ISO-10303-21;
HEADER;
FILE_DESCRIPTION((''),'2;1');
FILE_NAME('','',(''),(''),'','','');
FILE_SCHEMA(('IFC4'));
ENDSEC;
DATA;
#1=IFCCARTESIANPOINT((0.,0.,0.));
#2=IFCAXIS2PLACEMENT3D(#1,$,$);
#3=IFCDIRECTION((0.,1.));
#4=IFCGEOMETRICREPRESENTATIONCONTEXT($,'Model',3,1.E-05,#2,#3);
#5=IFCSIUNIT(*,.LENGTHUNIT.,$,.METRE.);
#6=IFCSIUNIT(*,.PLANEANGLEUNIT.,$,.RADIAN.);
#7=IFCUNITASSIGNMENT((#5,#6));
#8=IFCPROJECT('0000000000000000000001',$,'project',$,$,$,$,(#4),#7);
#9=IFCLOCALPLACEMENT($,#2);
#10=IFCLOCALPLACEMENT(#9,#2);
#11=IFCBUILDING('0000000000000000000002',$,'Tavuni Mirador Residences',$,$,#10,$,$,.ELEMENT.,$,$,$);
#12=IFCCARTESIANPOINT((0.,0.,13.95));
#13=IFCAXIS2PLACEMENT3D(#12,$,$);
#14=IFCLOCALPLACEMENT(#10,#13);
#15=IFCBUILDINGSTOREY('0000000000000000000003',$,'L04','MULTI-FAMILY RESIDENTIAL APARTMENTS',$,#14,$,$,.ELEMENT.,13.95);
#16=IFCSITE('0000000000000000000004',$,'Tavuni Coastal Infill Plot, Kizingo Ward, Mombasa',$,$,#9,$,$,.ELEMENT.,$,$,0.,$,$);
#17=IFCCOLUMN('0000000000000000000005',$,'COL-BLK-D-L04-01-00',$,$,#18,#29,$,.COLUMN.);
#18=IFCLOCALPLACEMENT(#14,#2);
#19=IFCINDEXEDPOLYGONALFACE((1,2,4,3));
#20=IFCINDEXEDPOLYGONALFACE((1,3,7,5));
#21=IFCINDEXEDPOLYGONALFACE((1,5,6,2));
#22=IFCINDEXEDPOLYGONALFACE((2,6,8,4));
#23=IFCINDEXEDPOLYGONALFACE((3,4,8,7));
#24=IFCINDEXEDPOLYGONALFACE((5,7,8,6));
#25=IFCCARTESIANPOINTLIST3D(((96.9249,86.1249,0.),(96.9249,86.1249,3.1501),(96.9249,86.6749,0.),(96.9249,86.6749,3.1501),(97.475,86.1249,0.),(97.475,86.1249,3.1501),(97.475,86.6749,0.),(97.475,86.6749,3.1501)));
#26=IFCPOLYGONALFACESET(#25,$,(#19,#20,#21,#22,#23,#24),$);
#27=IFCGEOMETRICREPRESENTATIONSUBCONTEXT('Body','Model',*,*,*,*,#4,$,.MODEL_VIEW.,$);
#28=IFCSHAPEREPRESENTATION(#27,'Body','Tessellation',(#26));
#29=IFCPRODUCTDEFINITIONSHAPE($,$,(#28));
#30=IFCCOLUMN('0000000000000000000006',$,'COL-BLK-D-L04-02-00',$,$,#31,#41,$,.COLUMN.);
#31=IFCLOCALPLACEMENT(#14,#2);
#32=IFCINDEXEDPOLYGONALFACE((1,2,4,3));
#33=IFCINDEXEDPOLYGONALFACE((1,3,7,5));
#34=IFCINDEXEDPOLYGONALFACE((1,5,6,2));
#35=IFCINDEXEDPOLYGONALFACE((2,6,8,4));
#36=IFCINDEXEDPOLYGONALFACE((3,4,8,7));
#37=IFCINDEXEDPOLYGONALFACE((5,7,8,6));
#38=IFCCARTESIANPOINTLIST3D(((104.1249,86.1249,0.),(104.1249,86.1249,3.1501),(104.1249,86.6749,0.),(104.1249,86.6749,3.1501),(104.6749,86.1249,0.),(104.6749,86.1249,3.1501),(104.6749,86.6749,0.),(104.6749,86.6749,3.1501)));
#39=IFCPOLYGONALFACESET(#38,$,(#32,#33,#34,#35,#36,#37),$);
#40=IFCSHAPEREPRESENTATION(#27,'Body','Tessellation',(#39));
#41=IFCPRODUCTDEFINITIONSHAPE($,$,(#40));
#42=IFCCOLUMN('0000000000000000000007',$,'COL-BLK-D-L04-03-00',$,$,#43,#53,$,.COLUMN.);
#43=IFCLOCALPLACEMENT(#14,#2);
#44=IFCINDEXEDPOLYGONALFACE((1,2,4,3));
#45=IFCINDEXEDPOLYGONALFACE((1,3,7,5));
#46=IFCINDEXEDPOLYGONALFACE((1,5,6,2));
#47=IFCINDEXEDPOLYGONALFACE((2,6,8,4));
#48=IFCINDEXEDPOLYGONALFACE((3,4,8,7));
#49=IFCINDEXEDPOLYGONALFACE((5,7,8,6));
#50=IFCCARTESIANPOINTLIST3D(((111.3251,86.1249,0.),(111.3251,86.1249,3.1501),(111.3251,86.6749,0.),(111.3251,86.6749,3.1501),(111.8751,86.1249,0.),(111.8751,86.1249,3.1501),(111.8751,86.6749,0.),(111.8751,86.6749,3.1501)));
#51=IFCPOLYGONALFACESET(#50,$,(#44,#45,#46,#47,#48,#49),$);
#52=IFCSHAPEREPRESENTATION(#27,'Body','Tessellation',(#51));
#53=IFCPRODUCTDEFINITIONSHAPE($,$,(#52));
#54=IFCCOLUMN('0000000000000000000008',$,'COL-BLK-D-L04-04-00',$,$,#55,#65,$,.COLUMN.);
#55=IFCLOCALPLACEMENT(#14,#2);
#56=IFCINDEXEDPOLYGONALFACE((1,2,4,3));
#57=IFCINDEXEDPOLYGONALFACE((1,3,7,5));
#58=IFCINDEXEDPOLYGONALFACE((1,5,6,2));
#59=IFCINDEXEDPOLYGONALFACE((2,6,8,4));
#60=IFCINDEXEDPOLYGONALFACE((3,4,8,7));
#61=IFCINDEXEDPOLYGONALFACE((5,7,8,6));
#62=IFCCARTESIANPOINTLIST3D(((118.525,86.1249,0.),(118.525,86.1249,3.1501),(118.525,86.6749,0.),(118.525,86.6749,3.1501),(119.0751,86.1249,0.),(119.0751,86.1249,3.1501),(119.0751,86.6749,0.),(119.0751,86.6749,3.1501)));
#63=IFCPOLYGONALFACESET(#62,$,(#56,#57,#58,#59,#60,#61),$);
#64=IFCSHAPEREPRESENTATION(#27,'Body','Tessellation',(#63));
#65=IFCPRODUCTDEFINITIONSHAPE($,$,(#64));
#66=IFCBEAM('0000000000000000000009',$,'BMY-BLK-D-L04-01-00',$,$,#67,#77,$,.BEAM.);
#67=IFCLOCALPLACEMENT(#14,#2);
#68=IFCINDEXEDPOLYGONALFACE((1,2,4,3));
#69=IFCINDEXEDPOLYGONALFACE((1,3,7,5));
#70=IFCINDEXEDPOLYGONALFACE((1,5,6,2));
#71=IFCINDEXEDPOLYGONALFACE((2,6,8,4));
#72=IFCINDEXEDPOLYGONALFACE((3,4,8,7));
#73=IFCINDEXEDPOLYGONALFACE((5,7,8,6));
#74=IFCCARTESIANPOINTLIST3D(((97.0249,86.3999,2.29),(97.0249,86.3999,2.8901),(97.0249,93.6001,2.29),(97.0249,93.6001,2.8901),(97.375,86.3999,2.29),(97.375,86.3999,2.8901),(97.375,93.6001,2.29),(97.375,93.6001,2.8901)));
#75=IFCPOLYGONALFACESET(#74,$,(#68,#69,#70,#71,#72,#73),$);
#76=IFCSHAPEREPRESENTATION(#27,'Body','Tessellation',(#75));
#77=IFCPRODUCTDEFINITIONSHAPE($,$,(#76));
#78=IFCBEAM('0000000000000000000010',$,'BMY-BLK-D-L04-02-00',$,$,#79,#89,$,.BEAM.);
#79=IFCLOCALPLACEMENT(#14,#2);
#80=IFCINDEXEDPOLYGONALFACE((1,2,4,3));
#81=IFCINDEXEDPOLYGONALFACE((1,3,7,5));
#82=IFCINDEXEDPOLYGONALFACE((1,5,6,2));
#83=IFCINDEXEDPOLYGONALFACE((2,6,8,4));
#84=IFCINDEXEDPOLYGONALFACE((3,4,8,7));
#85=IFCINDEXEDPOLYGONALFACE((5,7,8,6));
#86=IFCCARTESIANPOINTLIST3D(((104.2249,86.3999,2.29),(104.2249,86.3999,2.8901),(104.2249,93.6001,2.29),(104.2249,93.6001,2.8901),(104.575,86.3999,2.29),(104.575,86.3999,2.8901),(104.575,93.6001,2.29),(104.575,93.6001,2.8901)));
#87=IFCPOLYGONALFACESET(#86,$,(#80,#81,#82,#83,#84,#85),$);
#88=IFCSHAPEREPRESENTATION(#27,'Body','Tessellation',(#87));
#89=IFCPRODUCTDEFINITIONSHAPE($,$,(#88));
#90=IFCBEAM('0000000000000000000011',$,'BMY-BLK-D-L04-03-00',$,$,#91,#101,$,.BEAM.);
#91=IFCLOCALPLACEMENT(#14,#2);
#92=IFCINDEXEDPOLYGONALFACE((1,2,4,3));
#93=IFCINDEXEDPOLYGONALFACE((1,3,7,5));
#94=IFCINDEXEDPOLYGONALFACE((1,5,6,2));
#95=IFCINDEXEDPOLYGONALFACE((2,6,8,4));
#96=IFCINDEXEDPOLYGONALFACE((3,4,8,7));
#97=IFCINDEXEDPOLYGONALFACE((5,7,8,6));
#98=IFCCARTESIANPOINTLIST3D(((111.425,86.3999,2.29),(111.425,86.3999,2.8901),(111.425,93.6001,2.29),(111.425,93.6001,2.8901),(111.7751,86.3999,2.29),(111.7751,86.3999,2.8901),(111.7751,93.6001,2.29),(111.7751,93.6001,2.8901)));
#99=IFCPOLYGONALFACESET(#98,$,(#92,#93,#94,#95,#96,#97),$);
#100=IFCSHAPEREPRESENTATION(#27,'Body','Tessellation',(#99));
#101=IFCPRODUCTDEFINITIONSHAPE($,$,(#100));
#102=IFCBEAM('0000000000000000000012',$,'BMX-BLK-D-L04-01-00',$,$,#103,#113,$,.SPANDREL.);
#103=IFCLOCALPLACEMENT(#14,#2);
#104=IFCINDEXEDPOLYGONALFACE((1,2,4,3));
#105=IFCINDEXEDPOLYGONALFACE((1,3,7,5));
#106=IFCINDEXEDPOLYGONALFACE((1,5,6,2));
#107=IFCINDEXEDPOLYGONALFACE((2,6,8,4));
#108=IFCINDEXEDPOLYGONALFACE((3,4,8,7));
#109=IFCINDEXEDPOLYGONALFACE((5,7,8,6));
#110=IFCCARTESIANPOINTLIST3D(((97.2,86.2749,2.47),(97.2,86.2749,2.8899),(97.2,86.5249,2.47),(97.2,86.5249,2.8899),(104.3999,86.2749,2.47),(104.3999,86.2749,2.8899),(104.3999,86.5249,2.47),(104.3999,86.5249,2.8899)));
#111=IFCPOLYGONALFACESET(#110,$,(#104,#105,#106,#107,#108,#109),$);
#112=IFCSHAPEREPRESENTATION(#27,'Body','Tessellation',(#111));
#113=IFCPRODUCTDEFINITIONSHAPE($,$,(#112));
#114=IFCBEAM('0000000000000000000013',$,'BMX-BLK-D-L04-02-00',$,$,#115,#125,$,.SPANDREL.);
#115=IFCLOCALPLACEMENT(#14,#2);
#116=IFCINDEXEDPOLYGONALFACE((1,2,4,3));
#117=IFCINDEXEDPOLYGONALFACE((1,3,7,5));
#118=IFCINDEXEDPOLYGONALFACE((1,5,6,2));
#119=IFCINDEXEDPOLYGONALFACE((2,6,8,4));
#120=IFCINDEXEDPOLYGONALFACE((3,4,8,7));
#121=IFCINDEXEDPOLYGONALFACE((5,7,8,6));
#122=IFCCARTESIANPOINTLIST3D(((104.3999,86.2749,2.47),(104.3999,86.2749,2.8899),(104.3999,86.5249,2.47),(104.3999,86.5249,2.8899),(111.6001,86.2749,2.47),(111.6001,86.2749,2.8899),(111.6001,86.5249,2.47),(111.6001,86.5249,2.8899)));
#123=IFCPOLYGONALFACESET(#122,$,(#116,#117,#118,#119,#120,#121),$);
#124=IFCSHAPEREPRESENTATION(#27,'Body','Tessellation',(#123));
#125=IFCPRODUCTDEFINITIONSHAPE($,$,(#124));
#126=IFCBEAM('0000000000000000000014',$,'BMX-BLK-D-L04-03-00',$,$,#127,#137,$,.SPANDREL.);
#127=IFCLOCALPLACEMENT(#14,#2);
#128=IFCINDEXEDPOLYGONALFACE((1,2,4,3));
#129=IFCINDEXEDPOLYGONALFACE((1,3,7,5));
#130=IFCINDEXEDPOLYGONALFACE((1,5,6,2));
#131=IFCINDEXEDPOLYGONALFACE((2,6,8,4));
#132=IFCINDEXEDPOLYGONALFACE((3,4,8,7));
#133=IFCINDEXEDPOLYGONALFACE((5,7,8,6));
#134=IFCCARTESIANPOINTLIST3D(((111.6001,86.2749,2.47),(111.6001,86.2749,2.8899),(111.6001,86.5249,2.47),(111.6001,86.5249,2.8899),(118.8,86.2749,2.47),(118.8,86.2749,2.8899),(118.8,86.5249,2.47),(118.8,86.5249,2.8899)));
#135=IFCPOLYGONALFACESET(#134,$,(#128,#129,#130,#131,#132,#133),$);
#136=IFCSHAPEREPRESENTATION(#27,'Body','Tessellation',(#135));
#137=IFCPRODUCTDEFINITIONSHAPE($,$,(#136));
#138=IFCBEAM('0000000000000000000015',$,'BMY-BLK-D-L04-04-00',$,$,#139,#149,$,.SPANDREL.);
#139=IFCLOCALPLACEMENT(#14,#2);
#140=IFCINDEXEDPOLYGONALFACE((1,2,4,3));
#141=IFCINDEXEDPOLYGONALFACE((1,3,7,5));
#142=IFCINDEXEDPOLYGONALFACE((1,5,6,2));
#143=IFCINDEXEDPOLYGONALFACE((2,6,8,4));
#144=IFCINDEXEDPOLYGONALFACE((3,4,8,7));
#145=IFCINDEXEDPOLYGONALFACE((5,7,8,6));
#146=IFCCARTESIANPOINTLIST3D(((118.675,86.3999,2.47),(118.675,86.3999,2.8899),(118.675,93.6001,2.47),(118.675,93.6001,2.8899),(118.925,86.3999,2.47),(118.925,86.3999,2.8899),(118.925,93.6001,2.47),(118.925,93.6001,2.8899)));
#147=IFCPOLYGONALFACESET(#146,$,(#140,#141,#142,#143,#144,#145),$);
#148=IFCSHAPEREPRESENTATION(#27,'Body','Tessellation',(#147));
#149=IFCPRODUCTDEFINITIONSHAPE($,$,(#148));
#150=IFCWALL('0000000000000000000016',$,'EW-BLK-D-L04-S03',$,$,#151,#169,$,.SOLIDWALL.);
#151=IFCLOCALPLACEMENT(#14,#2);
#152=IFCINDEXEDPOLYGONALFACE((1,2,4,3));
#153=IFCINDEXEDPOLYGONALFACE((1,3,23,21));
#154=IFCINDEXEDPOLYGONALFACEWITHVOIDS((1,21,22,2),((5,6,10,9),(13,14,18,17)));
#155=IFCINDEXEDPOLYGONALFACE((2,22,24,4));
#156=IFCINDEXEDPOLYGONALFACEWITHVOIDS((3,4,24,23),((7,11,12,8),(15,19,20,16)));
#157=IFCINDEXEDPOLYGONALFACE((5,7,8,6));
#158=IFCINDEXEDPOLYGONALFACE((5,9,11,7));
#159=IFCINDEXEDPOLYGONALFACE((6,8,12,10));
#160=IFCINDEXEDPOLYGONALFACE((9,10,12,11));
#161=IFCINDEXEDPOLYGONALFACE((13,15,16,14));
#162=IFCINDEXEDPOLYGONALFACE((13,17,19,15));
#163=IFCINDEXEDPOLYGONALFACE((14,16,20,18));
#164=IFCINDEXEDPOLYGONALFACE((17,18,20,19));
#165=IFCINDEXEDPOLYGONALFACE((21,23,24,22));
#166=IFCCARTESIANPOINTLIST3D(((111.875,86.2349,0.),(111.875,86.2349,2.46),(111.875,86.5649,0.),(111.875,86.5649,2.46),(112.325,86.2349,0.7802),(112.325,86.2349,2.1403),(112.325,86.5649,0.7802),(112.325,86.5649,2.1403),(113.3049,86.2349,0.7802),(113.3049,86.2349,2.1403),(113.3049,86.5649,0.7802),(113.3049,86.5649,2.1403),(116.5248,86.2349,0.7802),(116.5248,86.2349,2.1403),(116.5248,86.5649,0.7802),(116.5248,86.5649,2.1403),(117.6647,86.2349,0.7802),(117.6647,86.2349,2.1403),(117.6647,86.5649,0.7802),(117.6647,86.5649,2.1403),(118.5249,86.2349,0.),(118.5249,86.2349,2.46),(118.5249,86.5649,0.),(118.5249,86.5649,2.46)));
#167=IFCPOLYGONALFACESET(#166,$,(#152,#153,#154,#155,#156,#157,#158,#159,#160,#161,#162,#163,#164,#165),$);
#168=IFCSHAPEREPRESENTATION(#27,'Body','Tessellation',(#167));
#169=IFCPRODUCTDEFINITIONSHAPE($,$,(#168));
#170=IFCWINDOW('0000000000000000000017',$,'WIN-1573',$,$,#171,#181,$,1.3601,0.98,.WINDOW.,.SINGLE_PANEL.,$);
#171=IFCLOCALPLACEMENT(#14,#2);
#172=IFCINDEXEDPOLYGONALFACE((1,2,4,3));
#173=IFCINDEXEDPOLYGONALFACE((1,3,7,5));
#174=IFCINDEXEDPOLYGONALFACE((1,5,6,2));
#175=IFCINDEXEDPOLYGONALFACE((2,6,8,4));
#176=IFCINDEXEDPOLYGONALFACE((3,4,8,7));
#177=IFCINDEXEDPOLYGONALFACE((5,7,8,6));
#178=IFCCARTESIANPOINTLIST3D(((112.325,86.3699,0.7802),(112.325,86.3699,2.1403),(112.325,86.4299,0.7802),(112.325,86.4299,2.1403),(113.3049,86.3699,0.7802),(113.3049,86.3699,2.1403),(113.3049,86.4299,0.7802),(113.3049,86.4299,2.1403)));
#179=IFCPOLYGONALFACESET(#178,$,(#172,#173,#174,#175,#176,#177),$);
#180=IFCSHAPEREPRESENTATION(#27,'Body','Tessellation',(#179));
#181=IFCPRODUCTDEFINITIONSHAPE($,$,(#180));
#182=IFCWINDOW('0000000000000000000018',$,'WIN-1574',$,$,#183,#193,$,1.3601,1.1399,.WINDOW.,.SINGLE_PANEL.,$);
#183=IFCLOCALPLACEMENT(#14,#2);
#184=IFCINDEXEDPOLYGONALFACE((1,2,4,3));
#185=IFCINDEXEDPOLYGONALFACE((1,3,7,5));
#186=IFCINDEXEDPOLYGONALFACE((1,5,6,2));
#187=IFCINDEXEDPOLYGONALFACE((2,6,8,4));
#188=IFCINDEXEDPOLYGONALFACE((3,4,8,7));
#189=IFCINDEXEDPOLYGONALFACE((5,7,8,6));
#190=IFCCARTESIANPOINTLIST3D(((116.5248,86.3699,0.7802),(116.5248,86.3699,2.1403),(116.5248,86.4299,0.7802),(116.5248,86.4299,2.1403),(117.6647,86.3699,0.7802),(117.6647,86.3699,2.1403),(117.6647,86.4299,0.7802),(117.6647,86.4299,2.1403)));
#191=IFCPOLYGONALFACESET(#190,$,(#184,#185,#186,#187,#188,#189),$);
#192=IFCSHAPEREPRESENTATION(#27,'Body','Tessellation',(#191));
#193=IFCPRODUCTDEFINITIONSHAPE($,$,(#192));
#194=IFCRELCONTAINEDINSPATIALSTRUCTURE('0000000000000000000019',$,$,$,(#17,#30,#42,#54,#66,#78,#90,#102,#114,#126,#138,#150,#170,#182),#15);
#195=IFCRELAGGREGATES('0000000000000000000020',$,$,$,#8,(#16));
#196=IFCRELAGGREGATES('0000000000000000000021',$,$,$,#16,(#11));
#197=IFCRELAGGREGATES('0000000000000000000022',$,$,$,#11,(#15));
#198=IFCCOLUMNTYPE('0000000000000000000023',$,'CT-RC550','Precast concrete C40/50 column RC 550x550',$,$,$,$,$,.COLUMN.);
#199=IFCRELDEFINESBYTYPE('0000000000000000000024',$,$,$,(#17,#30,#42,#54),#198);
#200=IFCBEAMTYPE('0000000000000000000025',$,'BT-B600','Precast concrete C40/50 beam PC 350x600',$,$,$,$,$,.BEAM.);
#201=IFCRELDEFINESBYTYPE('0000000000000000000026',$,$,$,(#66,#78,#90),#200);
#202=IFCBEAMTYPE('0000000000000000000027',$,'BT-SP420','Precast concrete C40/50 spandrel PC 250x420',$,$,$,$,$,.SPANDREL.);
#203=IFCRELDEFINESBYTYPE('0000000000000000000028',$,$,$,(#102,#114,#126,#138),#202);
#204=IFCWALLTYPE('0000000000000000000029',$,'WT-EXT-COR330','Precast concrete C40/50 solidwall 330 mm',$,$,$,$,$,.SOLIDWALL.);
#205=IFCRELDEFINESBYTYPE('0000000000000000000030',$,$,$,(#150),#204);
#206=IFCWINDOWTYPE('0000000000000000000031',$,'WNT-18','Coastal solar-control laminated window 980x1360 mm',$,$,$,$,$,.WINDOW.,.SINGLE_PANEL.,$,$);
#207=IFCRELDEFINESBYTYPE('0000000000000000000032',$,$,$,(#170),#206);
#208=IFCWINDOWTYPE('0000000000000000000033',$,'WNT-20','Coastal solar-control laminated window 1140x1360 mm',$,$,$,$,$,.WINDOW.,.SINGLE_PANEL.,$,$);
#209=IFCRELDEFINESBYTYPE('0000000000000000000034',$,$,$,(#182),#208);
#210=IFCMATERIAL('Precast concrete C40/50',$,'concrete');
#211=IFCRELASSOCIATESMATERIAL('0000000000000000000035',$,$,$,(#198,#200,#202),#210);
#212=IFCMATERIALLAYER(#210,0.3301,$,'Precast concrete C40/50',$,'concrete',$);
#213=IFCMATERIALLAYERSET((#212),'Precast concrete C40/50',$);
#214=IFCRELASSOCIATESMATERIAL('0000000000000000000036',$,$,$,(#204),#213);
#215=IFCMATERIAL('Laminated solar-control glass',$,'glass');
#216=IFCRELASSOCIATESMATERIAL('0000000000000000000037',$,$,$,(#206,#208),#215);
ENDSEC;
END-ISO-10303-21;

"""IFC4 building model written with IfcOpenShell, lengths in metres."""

from ifc_helpers import new_model, si_unit, direction, frame, frame_2d, origin, origin_2d, place, context, subcontext, project, spatial, rectangle, extrude, material, layer, layer_set, material_profile, profile_set, type_object, element, fill, save


model = new_model("IFC4")

# Units and contexts
model_context = context("Model", 3, precision=1e-05, world=origin(), true_north=direction((0.0, 1.0)))
body_context = subcontext(model_context, "Body", "Model", "MODEL_VIEW")
ifc_project = project(units=[si_unit("LENGTHUNIT", "METRE"), si_unit("PLANEANGLEUNIT", "RADIAN")], contexts=[model_context])

# Site, building, storey
site_placement = place(None, origin())
site = spatial("IfcSite", under=ifc_project, at=site_placement, Name="Tavuni Coastal Infill Plot, Kizingo Ward, Mombasa", CompositionType="ELEMENT", RefElevation=0.0)
building_placement = place(site_placement, origin())
building = spatial("IfcBuilding", under=site, at=building_placement, Name="Tavuni Mirador Residences", CompositionType="ELEMENT")
storey_placement = place(building_placement, frame((0.0, 0.0, 13.95)))
storey = spatial("IfcBuildingStorey", under=building, at=storey_placement, Name="L04", Description="MULTI-FAMILY RESIDENTIAL APARTMENTS", CompositionType="ELEMENT", Elevation=13.95)

# Columns
ifc_material_1 = material(Name="Precast concrete C40/50", Category="concrete")
ifc_material_profile_1 = material_profile(ifc_material_1, rectangle(XDim=0.55, YDim=0.55, at=origin_2d()), Name="RC 550x550", Category="concrete")
ifc_profile_set_1 = profile_set([ifc_material_profile_1], Name="Precast concrete C40/50")
column_type = type_object("IfcColumnType", Name="CT-RC550", Description="Precast concrete C40/50 column RC 550x550", PredefinedType="COLUMN", material=ifc_profile_set_1)
for number, where, z_axis, x_axis, name in (
    (1, (97.2, 86.3999, 0.0), (0.0, 0.0, 1.0), (1.0, 0.0, 0.0), "COL-BLK-D-L04-01-00"),
    (2, (104.3999, 86.3999, 0.0), (0.0, 0.0, 1.0), (1.0, 0.0, 0.0), "COL-BLK-D-L04-02-00"),
    (3, (111.6001, 86.3999, 0.0), (0.0, 0.0, 1.0), (1.0, 0.0, 0.0), "COL-BLK-D-L04-03-00"),
    (4, (118.8, 86.3999, 0.0), (0.0, 0.0, 1.0), (1.0, 0.0, 0.0), "COL-BLK-D-L04-04-00"),
):
    element("IfcColumn", number, at=place(storey_placement, frame(where, z_axis=z_axis, x_axis=x_axis)), inside=storey, type_object=column_type, Name=name, PredefinedType="COLUMN", context=body_context, shape_type="SweptSolid", body=[
        extrude(rectangle(XDim=0.55, YDim=0.55, at=origin_2d()), origin(), (0.0, 0.0, 1.0), 3.1501),
    ])

# Beams
ifc_material_profile_2 = material_profile(ifc_material_1, rectangle(XDim=0.3501, YDim=0.6001, at=origin_2d()), Name="PC 350x600", Category="concrete")
ifc_profile_set_2 = profile_set([ifc_material_profile_2], Name="Precast concrete C40/50")
beam_type_1 = type_object("IfcBeamType", Name="BT-B600", Description="Precast concrete C40/50 beam PC 350x600", PredefinedType="BEAM", material=ifc_profile_set_2)
for number, where, z_axis, x_axis, name in (
    (5, (97.2, 86.3999, 2.5901), (0.0, 1.0, 0.0), (-1.0, 0.0, 0.0), "BMY-BLK-D-L04-01-00"),
    (6, (104.3999, 86.3999, 2.5901), (0.0, 1.0, 0.0), (-1.0, 0.0, 0.0), "BMY-BLK-D-L04-02-00"),
    (7, (111.6001, 86.3999, 2.5901), (0.0, 1.0, 0.0), (-1.0, 0.0, 0.0), "BMY-BLK-D-L04-03-00"),
):
    element("IfcBeam", number, at=place(storey_placement, frame(where, z_axis=z_axis, x_axis=x_axis)), inside=storey, type_object=beam_type_1, Name=name, PredefinedType="BEAM", context=body_context, shape_type="SweptSolid", body=[
        extrude(rectangle(XDim=0.3501, YDim=0.6001, at=origin_2d()), origin(), (0.0, 0.0, 1.0), 7.2002),
    ])
ifc_material_profile_3 = material_profile(ifc_material_1, rectangle(XDim=0.25, YDim=0.4199, at=origin_2d()), Name="PC 250x420", Category="concrete")
ifc_profile_set_3 = profile_set([ifc_material_profile_3], Name="Precast concrete C40/50")
beam_type_2 = type_object("IfcBeamType", Name="BT-SP420", Description="Precast concrete C40/50 spandrel PC 250x420", PredefinedType="SPANDREL", material=ifc_profile_set_3)
beam_1_placement = place(storey_placement, frame((97.2, 86.3999, 2.6799), z_axis=(1.0, 0.0, 0.0), x_axis=(0.0, 1.0, 0.0)))
element("IfcBeam", 8, at=beam_1_placement, inside=storey, type_object=beam_type_2, Name="BMX-BLK-D-L04-01-00", PredefinedType="SPANDREL", context=body_context, shape_type="SweptSolid", body=[
    extrude(rectangle(XDim=0.25, YDim=0.4199, at=origin_2d()), origin(), (0.0, 0.0, 1.0), 7.2),
])
beam_2_placement = place(storey_placement, frame((104.3999, 86.3999, 2.6799), z_axis=(1.0, 0.0, 0.0), x_axis=(0.0, 1.0, 0.0)))
element("IfcBeam", 9, at=beam_2_placement, inside=storey, type_object=beam_type_2, Name="BMX-BLK-D-L04-02-00", PredefinedType="SPANDREL", context=body_context, shape_type="SweptSolid", body=[
    extrude(rectangle(XDim=0.25, YDim=0.4199, at=origin_2d()), origin(), (0.0, 0.0, 1.0), 7.2002),
])
beam_3_placement = place(storey_placement, frame((111.6001, 86.3999, 2.6799), z_axis=(1.0, 0.0, 0.0), x_axis=(0.0, 1.0, 0.0)))
element("IfcBeam", 10, at=beam_3_placement, inside=storey, type_object=beam_type_2, Name="BMX-BLK-D-L04-03-00", PredefinedType="SPANDREL", context=body_context, shape_type="SweptSolid", body=[
    extrude(rectangle(XDim=0.25, YDim=0.4199, at=origin_2d()), origin(), (0.0, 0.0, 1.0), 7.2),
])
beam_4_placement = place(storey_placement, frame((118.8, 86.3999, 2.6799), z_axis=(0.0, 1.0, 0.0), x_axis=(-1.0, 0.0, 0.0)))
element("IfcBeam", 11, at=beam_4_placement, inside=storey, type_object=beam_type_2, Name="BMY-BLK-D-L04-04-00", PredefinedType="SPANDREL", context=body_context, shape_type="SweptSolid", body=[
    extrude(rectangle(XDim=0.25, YDim=0.4199, at=origin_2d()), origin(), (0.0, 0.0, 1.0), 7.2002),
])

# Wall, openings, windows
ifc_layer_1 = layer(ifc_material_1, 0.3301, Name="Precast concrete C40/50", Category="concrete")
ifc_layer_set_1 = layer_set([ifc_layer_1], Name="Precast concrete C40/50")
wall_type_1 = type_object("IfcWallType", Name="WT-EXT-COR330", Description="Precast concrete C40/50 solidwall 330 mm", PredefinedType="SOLIDWALL", material=ifc_layer_set_1)
wall_1_placement = place(storey_placement, frame((111.875, 86.3999, 0.0), z_axis=(0.0, 0.0, 1.0), x_axis=(1.0, 0.0, 0.0)))
wall_1 = element("IfcWall", 12, at=wall_1_placement, inside=storey, type_object=wall_type_1, Name="EW-BLK-D-L04-S03", PredefinedType="SOLIDWALL", context=body_context, shape_type="SweptSolid", body=[
    extrude(rectangle(XDim=6.6499, YDim=0.3301, at=frame_2d((3.325, 0.0))), origin(), (0.0, 0.0, 1.0), 2.46),
])
opening_1_placement = place(wall_1_placement, frame((0.45, 0.0, 0.78)))
opening_1 = element("IfcOpeningElement", 13, at=opening_1_placement, cuts=wall_1, PredefinedType="OPENING", context=body_context, shape_type="SweptSolid", body=[
    extrude(rectangle(XDim=0.98, YDim=1.3601, at=frame_2d((0.49, 0.6802))), frame((0.0, 0.175, 0.0), z_axis=(0.0, -1.0, 0.0), x_axis=(1.0, 0.0, 0.0)), (0.0, 0.0, 1.0), 0.3501),
])
opening_2_placement = place(wall_1_placement, frame((4.6499, 0.0, 0.78)))
opening_2 = element("IfcOpeningElement", 14, at=opening_2_placement, cuts=wall_1, PredefinedType="OPENING", context=body_context, shape_type="SweptSolid", body=[
    extrude(rectangle(XDim=1.1399, YDim=1.3601, at=frame_2d((0.5698, 0.6802))), frame((0.0, 0.175, 0.0), z_axis=(0.0, -1.0, 0.0), x_axis=(1.0, 0.0, 0.0)), (0.0, 0.0, 1.0), 0.3501),
])
ifc_material_2 = material(Name="Laminated solar-control glass", Category="glass")
window_type_1 = type_object("IfcWindowType", Name="WNT-18", Description="Coastal solar-control laminated window 980x1360 mm", PartitioningType="SINGLE_PANEL", PredefinedType="WINDOW", material=ifc_material_2)
window_1_placement = place(opening_1_placement, origin())
window_1 = element("IfcWindow", 15, at=window_1_placement, inside=storey, type_object=window_type_1, Name="WIN-1573", OverallHeight=1.3601, OverallWidth=0.98, PartitioningType="SINGLE_PANEL", PredefinedType="WINDOW", context=body_context, shape_type="SweptSolid", body=[
    extrude(rectangle(XDim=0.98, YDim=1.3601, at=frame_2d((0.49, 0.6802))), frame((0.0, 0.03, 0.0), z_axis=(0.0, -1.0, 0.0), x_axis=(1.0, 0.0, 0.0)), (0.0, 0.0, 1.0), 0.0601),
])
fill(opening_1, window_1)
window_type_2 = type_object("IfcWindowType", Name="WNT-20", Description="Coastal solar-control laminated window 1140x1360 mm", PartitioningType="SINGLE_PANEL", PredefinedType="WINDOW", material=ifc_material_2)
window_2_placement = place(opening_2_placement, origin())
window_2 = element("IfcWindow", 16, at=window_2_placement, inside=storey, type_object=window_type_2, Name="WIN-1574", OverallHeight=1.3601, OverallWidth=1.1399, PartitioningType="SINGLE_PANEL", PredefinedType="WINDOW", context=body_context, shape_type="SweptSolid", body=[
    extrude(rectangle(XDim=1.1399, YDim=1.3601, at=frame_2d((0.5698, 0.6802))), frame((0.0, 0.03, 0.0), z_axis=(0.0, -1.0, 0.0), x_axis=(1.0, 0.0, 0.0)), (0.0, 0.0, 1.0), 0.0601),
])
fill(opening_2, window_2)

save(model, "model.ifc")
